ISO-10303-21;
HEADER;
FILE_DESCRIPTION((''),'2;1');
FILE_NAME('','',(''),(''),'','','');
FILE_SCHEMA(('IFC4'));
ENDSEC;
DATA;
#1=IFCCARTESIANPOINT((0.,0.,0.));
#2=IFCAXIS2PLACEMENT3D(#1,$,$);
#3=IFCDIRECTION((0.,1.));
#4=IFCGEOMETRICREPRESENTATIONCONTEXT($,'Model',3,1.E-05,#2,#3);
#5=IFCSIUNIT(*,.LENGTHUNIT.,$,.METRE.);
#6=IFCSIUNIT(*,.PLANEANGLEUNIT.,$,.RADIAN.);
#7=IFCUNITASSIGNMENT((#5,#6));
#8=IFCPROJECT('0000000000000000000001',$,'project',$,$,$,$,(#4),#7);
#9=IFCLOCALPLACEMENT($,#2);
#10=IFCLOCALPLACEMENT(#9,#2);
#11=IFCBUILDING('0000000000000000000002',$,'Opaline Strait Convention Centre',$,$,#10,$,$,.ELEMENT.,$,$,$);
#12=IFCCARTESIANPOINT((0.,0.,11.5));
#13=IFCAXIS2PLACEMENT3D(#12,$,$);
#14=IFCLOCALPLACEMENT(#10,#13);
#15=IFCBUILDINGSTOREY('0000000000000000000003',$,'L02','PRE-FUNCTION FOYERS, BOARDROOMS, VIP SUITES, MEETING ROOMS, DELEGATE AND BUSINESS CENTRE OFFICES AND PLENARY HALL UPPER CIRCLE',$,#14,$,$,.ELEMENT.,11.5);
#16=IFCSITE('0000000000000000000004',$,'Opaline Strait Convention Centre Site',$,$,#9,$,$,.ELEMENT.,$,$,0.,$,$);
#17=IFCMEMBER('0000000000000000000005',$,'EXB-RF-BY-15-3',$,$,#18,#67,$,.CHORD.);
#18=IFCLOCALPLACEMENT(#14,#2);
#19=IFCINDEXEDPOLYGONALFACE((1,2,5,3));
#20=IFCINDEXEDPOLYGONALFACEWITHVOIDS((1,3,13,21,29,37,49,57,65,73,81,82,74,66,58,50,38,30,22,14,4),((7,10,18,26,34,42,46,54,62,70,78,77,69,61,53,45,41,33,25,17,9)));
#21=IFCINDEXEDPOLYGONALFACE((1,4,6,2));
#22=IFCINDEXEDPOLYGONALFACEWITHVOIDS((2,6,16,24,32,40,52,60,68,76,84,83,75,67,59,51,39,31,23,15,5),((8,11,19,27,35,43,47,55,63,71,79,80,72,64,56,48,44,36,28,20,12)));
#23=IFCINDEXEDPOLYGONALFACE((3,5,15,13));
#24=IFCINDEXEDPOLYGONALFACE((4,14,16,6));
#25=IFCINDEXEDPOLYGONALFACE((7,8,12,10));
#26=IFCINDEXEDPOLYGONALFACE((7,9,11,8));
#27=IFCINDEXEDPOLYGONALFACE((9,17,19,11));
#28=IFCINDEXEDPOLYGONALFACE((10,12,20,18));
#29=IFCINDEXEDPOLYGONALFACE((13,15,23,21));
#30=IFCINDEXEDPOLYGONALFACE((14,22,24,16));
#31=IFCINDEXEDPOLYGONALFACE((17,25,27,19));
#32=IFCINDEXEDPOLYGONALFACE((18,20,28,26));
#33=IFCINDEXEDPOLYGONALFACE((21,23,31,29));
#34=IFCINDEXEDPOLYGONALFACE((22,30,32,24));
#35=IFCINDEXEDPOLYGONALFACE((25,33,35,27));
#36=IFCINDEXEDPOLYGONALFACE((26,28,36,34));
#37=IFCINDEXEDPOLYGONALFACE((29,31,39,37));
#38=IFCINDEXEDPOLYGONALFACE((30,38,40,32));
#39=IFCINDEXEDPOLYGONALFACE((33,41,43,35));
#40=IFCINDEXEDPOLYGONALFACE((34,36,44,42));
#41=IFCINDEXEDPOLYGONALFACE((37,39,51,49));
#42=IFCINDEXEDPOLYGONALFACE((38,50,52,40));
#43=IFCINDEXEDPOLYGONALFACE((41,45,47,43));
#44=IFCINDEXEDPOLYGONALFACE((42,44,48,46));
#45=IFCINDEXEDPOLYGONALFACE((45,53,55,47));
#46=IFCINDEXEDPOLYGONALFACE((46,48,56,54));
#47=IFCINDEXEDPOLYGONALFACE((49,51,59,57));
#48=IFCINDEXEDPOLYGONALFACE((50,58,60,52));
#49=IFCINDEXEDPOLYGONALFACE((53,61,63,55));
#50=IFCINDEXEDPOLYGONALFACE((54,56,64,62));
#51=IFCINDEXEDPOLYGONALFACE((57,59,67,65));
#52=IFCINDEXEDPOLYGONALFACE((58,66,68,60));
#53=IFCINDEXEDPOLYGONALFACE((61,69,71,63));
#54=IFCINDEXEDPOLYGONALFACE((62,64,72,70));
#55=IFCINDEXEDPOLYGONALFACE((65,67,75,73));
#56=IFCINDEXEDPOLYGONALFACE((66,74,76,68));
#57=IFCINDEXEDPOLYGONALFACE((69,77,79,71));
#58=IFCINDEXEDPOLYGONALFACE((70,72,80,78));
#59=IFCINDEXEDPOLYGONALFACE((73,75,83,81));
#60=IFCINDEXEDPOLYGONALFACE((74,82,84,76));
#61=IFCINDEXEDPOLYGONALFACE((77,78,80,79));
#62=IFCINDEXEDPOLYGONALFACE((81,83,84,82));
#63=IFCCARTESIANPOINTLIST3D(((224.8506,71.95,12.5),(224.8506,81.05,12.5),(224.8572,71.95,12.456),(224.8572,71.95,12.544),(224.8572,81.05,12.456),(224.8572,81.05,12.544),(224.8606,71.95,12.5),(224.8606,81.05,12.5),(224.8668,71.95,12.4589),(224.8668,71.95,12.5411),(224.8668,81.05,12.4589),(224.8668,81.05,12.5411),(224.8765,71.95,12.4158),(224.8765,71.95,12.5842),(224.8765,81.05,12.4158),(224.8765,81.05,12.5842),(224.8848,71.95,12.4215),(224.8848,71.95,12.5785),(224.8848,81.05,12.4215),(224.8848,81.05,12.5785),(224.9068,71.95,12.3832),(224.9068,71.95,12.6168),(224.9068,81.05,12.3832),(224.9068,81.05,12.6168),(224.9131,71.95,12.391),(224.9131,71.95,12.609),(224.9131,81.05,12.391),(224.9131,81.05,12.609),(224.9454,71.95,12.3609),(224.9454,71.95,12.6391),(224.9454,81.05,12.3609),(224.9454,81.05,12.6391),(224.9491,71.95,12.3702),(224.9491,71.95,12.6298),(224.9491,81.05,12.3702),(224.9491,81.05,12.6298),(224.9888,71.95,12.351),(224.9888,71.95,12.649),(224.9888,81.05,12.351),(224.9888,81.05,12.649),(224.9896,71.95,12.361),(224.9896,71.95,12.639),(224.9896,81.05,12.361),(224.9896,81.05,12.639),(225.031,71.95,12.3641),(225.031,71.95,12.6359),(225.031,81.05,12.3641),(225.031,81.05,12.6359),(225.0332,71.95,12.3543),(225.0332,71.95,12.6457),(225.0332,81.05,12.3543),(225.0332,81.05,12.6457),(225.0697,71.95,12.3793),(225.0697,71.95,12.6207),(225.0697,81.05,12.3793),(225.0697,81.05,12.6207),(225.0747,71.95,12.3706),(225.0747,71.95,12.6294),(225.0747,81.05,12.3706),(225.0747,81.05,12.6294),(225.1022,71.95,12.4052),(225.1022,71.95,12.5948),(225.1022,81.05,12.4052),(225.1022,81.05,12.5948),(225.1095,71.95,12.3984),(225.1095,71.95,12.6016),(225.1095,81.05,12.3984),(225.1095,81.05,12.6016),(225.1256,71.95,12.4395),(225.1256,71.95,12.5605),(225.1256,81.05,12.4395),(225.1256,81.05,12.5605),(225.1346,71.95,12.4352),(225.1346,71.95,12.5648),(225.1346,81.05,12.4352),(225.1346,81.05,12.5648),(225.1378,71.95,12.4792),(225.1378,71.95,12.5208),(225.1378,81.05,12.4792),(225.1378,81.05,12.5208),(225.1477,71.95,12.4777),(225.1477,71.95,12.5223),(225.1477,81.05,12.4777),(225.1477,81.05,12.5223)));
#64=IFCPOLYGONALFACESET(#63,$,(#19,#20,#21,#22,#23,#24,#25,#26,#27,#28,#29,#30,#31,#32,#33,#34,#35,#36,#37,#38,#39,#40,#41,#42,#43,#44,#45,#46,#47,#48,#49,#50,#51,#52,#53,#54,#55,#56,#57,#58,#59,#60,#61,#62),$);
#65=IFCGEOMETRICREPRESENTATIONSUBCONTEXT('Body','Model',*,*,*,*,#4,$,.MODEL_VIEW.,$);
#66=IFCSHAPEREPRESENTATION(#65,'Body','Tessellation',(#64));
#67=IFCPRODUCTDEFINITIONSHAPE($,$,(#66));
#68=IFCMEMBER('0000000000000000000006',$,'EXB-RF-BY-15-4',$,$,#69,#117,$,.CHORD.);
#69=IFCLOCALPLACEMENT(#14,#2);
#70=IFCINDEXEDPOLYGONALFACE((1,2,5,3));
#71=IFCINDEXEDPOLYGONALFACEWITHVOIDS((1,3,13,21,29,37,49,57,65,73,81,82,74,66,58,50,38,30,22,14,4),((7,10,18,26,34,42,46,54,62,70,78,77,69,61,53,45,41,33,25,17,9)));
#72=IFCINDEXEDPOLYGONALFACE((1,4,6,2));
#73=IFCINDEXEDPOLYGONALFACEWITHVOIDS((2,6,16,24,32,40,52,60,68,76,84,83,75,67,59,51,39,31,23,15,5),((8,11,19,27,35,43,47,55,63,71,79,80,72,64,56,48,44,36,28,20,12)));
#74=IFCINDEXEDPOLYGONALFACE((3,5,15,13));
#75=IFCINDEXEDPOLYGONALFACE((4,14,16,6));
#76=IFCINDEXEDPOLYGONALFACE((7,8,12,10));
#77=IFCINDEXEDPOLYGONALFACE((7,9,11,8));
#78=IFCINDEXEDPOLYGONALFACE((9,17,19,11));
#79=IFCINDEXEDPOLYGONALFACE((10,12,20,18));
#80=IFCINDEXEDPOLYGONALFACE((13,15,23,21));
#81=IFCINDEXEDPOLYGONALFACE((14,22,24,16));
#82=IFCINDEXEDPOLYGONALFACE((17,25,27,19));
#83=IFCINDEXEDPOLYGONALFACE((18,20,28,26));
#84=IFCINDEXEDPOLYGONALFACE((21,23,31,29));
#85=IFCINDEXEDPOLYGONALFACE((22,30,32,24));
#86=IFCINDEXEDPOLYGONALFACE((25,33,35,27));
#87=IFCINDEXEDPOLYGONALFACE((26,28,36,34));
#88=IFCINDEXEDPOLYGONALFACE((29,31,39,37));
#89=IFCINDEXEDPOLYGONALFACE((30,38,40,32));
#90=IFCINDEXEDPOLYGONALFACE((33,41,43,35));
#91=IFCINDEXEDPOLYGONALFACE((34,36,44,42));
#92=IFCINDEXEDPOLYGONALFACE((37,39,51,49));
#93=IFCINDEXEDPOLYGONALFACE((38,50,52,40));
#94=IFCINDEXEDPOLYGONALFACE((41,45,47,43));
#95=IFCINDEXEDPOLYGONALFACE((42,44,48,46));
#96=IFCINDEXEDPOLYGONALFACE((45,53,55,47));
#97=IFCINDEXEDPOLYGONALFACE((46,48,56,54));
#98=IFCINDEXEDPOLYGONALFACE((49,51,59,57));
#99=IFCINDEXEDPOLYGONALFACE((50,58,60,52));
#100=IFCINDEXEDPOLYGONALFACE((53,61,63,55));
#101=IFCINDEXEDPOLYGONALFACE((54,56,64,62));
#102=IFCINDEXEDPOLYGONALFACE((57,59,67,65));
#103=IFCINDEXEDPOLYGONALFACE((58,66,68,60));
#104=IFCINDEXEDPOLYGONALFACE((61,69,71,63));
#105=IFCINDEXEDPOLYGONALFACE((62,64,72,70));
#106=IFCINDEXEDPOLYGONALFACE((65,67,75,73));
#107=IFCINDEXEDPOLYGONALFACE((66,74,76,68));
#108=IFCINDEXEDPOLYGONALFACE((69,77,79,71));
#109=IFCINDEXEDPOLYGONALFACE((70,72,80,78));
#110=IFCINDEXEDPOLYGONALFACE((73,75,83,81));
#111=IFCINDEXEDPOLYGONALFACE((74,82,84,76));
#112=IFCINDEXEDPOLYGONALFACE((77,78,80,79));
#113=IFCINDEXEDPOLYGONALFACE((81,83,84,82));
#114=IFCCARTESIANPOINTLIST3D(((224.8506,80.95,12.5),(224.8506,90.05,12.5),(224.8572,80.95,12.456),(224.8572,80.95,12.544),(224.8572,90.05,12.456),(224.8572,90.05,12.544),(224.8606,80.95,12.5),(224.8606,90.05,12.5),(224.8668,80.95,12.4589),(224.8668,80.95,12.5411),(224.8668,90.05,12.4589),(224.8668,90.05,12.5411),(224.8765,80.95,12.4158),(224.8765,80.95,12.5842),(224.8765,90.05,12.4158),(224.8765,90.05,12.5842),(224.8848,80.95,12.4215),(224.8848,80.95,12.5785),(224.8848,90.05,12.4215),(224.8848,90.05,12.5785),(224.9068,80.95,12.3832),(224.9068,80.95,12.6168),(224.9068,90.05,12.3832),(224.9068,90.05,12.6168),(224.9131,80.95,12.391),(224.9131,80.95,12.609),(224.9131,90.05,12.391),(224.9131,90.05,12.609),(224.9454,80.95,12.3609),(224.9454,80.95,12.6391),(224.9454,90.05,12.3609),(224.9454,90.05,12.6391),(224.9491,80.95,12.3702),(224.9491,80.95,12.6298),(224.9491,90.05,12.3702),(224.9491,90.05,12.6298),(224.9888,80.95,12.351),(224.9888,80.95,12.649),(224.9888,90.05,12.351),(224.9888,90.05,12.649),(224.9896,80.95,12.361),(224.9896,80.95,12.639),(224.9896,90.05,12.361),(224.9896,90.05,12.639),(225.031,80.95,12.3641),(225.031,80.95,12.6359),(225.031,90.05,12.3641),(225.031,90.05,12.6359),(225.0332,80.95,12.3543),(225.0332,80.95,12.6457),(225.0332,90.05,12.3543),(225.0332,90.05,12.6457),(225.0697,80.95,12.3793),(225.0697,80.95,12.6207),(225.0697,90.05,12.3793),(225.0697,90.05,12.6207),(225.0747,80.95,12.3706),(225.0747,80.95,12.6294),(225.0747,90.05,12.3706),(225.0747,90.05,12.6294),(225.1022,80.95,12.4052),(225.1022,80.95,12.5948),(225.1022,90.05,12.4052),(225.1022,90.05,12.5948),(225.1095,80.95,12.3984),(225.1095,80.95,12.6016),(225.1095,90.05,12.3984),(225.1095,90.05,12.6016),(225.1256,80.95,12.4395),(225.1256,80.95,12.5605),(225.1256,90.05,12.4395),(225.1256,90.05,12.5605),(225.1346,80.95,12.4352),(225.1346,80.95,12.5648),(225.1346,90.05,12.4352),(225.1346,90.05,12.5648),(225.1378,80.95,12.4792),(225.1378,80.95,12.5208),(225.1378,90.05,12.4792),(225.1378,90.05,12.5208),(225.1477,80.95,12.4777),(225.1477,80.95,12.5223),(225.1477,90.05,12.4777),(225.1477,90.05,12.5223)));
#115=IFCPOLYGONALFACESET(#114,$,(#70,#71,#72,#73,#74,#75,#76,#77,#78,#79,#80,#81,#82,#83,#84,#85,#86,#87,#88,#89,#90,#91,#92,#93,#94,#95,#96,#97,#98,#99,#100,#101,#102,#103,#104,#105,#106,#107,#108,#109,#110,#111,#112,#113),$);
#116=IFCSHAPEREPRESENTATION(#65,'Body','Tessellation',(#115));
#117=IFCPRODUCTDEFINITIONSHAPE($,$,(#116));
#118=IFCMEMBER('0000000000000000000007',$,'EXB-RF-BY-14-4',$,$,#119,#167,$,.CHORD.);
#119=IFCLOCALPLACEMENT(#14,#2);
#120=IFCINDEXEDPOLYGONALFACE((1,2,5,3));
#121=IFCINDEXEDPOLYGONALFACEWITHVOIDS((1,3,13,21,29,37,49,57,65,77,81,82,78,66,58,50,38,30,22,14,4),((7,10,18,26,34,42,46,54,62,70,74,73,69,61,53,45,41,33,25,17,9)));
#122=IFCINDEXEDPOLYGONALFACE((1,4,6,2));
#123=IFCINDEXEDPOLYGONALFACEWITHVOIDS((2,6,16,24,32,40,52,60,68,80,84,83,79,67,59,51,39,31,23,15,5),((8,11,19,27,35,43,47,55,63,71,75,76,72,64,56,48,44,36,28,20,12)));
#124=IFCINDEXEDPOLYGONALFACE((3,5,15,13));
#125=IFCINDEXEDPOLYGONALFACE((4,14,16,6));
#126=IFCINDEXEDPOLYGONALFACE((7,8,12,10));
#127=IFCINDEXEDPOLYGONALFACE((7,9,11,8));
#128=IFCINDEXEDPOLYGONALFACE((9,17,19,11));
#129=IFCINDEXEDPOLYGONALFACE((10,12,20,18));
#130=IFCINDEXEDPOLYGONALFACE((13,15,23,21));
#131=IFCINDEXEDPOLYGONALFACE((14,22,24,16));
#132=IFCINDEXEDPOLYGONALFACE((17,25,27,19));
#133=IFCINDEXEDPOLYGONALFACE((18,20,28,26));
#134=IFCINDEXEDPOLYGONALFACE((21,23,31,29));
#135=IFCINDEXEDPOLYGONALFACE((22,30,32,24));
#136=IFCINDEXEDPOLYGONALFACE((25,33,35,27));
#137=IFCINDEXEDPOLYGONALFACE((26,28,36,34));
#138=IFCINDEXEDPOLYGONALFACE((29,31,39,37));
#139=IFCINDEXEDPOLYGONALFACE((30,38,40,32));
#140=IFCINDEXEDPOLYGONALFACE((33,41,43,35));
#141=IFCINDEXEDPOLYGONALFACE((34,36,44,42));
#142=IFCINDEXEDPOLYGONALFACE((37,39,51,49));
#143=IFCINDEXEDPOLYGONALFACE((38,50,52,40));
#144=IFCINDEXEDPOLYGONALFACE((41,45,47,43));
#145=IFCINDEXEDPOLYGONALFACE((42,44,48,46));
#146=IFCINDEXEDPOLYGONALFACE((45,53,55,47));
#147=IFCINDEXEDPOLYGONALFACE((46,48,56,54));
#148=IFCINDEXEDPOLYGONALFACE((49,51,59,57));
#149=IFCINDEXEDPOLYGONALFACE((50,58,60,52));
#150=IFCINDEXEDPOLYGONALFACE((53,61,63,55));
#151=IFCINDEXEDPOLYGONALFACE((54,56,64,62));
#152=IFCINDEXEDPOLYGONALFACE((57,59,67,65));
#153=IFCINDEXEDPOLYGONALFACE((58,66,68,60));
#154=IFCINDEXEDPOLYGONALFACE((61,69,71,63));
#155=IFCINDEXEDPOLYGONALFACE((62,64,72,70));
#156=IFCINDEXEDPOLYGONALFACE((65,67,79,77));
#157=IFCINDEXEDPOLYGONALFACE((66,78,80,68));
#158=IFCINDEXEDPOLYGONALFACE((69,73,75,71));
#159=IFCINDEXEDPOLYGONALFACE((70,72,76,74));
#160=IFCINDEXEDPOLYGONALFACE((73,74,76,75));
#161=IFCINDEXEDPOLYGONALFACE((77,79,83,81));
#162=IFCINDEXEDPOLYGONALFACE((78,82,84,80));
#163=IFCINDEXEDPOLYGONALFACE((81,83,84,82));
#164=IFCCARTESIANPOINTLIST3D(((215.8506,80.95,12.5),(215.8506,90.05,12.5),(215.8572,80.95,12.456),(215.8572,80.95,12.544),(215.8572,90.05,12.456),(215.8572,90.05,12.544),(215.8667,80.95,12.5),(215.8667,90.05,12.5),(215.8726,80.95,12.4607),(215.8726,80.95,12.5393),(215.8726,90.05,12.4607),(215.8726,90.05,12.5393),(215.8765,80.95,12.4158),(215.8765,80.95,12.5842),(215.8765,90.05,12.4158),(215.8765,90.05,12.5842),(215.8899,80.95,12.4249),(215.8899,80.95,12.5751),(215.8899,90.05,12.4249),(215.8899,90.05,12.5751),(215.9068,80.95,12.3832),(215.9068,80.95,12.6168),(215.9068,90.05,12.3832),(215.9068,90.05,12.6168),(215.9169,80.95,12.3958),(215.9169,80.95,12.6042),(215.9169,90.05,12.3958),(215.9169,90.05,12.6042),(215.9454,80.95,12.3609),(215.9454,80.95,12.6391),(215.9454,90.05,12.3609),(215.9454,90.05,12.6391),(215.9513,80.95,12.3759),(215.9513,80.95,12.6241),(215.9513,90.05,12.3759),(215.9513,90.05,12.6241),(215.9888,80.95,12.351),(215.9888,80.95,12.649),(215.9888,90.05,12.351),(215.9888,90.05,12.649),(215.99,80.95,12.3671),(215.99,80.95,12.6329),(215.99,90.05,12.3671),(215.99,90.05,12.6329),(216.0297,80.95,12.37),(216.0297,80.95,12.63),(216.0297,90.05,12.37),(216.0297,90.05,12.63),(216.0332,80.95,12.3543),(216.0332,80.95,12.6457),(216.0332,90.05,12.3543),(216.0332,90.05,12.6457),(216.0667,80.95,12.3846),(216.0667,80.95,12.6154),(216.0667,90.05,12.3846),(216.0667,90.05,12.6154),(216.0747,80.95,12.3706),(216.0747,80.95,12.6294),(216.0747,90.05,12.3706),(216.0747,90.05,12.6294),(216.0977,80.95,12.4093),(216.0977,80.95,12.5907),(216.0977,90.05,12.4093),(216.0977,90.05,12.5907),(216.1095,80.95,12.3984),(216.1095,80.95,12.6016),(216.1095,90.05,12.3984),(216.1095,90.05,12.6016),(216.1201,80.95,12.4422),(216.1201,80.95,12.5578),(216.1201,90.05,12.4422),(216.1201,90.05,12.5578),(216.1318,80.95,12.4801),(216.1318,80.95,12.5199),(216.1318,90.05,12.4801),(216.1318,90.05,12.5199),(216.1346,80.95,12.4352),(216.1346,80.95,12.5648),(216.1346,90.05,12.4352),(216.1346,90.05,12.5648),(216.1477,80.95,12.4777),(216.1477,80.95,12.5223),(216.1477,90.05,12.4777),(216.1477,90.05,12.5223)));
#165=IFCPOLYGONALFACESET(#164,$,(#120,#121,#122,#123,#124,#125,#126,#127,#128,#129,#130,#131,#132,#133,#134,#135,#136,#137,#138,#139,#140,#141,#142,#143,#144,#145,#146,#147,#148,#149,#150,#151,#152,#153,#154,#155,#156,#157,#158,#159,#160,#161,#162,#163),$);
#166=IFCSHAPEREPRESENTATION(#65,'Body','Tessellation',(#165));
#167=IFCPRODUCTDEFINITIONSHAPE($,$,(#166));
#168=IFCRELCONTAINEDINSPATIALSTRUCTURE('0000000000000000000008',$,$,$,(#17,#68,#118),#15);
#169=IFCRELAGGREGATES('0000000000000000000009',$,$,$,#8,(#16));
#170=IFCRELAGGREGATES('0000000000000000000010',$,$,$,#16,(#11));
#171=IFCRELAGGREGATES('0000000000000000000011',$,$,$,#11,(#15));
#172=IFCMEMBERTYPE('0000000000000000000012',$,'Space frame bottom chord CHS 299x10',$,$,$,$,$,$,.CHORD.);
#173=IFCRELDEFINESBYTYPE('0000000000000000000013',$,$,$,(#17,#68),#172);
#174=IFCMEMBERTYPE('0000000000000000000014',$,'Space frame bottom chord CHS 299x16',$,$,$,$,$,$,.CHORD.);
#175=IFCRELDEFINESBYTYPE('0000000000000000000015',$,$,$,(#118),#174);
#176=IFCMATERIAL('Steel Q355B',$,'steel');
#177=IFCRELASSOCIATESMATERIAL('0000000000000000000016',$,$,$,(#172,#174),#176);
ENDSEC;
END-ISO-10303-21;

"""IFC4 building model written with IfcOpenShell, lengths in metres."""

from ifc_helpers import new_model, si_unit, direction, frame, origin, origin_2d, place, context, subcontext, project, spatial, hollow_circle, extrude, material, material_profile, profile_set, type_object, element, save


model = new_model("IFC4")

# Units and contexts
model_context = context("Model", 3, precision=1e-05, world=origin(), true_north=direction((0.0, 1.0)))
body_context = subcontext(model_context, "Body", "Model", "MODEL_VIEW")
ifc_project = project(units=[si_unit("LENGTHUNIT", "METRE"), si_unit("PLANEANGLEUNIT", "RADIAN")], contexts=[model_context])

# Site, building, storey
site_placement = place(None, origin())
site = spatial("IfcSite", under=ifc_project, at=site_placement, Name="Opaline Strait Convention Centre Site", CompositionType="ELEMENT", RefElevation=0.0)
building_placement = place(site_placement, origin())
building = spatial("IfcBuilding", under=site, at=building_placement, Name="Opaline Strait Convention Centre", CompositionType="ELEMENT")
storey_placement = place(building_placement, frame((0.0, 0.0, 11.5)))
storey = spatial("IfcBuildingStorey", under=building, at=storey_placement, Name="L02", Description="PRE-FUNCTION FOYERS, BOARDROOMS, VIP SUITES, MEETING ROOMS, DELEGATE AND BUSINESS CENTRE OFFICES AND PLENARY HALL UPPER CIRCLE", CompositionType="ELEMENT", Elevation=11.5)

# Members
ifc_material_1 = material(Name="Steel Q355B", Category="steel")
ifc_material_profile_1 = material_profile(ifc_material_1, hollow_circle(Radius=0.1494, WallThickness=0.01, at=origin_2d()), Name="CHS 299x10")
ifc_profile_set_1 = profile_set([ifc_material_profile_1], Name="Steel Q355B")
member_type_1 = type_object("IfcMemberType", Name="Space frame bottom chord CHS 299x10", PredefinedType="CHORD", material=ifc_profile_set_1)
for number, where, z_axis, x_axis, name in (
    (1, (225.0, 71.95, 12.5), (0.0, 1.0, 0.0), (-1.0, 0.0, 0.0), "EXB-RF-BY-15-3"),
    (2, (225.0, 80.95, 12.5), (0.0, 1.0, 0.0), (-1.0, 0.0, 0.0), "EXB-RF-BY-15-4"),
):
    element("IfcMember", number, at=place(storey_placement, frame(where, z_axis=z_axis, x_axis=x_axis)), inside=storey, type_object=member_type_1, Name=name, PredefinedType="CHORD", context=body_context, shape_type="SweptSolid", body=[
        extrude(hollow_circle(Radius=0.1494, WallThickness=0.01, at=origin_2d()), origin(), (0.0, 0.0, 1.0), 9.1001),
    ])
ifc_material_profile_2 = material_profile(ifc_material_1, hollow_circle(Radius=0.1494, WallThickness=0.0161, at=origin_2d()), Name="CHS 299x16")
ifc_profile_set_2 = profile_set([ifc_material_profile_2], Name="Steel Q355B")
member_type_2 = type_object("IfcMemberType", Name="Space frame bottom chord CHS 299x16", PredefinedType="CHORD", material=ifc_profile_set_2)
member_placement = place(storey_placement, frame((216.0, 80.95, 12.5), z_axis=(0.0, 1.0, 0.0), x_axis=(-1.0, 0.0, 0.0)))
element("IfcMember", 3, at=member_placement, inside=storey, type_object=member_type_2, Name="EXB-RF-BY-14-4", PredefinedType="CHORD", context=body_context, shape_type="SweptSolid", body=[
    extrude(hollow_circle(Radius=0.1494, WallThickness=0.0161, at=origin_2d()), origin(), (0.0, 0.0, 1.0), 9.1001),
])

save(model, "model.ifc")
